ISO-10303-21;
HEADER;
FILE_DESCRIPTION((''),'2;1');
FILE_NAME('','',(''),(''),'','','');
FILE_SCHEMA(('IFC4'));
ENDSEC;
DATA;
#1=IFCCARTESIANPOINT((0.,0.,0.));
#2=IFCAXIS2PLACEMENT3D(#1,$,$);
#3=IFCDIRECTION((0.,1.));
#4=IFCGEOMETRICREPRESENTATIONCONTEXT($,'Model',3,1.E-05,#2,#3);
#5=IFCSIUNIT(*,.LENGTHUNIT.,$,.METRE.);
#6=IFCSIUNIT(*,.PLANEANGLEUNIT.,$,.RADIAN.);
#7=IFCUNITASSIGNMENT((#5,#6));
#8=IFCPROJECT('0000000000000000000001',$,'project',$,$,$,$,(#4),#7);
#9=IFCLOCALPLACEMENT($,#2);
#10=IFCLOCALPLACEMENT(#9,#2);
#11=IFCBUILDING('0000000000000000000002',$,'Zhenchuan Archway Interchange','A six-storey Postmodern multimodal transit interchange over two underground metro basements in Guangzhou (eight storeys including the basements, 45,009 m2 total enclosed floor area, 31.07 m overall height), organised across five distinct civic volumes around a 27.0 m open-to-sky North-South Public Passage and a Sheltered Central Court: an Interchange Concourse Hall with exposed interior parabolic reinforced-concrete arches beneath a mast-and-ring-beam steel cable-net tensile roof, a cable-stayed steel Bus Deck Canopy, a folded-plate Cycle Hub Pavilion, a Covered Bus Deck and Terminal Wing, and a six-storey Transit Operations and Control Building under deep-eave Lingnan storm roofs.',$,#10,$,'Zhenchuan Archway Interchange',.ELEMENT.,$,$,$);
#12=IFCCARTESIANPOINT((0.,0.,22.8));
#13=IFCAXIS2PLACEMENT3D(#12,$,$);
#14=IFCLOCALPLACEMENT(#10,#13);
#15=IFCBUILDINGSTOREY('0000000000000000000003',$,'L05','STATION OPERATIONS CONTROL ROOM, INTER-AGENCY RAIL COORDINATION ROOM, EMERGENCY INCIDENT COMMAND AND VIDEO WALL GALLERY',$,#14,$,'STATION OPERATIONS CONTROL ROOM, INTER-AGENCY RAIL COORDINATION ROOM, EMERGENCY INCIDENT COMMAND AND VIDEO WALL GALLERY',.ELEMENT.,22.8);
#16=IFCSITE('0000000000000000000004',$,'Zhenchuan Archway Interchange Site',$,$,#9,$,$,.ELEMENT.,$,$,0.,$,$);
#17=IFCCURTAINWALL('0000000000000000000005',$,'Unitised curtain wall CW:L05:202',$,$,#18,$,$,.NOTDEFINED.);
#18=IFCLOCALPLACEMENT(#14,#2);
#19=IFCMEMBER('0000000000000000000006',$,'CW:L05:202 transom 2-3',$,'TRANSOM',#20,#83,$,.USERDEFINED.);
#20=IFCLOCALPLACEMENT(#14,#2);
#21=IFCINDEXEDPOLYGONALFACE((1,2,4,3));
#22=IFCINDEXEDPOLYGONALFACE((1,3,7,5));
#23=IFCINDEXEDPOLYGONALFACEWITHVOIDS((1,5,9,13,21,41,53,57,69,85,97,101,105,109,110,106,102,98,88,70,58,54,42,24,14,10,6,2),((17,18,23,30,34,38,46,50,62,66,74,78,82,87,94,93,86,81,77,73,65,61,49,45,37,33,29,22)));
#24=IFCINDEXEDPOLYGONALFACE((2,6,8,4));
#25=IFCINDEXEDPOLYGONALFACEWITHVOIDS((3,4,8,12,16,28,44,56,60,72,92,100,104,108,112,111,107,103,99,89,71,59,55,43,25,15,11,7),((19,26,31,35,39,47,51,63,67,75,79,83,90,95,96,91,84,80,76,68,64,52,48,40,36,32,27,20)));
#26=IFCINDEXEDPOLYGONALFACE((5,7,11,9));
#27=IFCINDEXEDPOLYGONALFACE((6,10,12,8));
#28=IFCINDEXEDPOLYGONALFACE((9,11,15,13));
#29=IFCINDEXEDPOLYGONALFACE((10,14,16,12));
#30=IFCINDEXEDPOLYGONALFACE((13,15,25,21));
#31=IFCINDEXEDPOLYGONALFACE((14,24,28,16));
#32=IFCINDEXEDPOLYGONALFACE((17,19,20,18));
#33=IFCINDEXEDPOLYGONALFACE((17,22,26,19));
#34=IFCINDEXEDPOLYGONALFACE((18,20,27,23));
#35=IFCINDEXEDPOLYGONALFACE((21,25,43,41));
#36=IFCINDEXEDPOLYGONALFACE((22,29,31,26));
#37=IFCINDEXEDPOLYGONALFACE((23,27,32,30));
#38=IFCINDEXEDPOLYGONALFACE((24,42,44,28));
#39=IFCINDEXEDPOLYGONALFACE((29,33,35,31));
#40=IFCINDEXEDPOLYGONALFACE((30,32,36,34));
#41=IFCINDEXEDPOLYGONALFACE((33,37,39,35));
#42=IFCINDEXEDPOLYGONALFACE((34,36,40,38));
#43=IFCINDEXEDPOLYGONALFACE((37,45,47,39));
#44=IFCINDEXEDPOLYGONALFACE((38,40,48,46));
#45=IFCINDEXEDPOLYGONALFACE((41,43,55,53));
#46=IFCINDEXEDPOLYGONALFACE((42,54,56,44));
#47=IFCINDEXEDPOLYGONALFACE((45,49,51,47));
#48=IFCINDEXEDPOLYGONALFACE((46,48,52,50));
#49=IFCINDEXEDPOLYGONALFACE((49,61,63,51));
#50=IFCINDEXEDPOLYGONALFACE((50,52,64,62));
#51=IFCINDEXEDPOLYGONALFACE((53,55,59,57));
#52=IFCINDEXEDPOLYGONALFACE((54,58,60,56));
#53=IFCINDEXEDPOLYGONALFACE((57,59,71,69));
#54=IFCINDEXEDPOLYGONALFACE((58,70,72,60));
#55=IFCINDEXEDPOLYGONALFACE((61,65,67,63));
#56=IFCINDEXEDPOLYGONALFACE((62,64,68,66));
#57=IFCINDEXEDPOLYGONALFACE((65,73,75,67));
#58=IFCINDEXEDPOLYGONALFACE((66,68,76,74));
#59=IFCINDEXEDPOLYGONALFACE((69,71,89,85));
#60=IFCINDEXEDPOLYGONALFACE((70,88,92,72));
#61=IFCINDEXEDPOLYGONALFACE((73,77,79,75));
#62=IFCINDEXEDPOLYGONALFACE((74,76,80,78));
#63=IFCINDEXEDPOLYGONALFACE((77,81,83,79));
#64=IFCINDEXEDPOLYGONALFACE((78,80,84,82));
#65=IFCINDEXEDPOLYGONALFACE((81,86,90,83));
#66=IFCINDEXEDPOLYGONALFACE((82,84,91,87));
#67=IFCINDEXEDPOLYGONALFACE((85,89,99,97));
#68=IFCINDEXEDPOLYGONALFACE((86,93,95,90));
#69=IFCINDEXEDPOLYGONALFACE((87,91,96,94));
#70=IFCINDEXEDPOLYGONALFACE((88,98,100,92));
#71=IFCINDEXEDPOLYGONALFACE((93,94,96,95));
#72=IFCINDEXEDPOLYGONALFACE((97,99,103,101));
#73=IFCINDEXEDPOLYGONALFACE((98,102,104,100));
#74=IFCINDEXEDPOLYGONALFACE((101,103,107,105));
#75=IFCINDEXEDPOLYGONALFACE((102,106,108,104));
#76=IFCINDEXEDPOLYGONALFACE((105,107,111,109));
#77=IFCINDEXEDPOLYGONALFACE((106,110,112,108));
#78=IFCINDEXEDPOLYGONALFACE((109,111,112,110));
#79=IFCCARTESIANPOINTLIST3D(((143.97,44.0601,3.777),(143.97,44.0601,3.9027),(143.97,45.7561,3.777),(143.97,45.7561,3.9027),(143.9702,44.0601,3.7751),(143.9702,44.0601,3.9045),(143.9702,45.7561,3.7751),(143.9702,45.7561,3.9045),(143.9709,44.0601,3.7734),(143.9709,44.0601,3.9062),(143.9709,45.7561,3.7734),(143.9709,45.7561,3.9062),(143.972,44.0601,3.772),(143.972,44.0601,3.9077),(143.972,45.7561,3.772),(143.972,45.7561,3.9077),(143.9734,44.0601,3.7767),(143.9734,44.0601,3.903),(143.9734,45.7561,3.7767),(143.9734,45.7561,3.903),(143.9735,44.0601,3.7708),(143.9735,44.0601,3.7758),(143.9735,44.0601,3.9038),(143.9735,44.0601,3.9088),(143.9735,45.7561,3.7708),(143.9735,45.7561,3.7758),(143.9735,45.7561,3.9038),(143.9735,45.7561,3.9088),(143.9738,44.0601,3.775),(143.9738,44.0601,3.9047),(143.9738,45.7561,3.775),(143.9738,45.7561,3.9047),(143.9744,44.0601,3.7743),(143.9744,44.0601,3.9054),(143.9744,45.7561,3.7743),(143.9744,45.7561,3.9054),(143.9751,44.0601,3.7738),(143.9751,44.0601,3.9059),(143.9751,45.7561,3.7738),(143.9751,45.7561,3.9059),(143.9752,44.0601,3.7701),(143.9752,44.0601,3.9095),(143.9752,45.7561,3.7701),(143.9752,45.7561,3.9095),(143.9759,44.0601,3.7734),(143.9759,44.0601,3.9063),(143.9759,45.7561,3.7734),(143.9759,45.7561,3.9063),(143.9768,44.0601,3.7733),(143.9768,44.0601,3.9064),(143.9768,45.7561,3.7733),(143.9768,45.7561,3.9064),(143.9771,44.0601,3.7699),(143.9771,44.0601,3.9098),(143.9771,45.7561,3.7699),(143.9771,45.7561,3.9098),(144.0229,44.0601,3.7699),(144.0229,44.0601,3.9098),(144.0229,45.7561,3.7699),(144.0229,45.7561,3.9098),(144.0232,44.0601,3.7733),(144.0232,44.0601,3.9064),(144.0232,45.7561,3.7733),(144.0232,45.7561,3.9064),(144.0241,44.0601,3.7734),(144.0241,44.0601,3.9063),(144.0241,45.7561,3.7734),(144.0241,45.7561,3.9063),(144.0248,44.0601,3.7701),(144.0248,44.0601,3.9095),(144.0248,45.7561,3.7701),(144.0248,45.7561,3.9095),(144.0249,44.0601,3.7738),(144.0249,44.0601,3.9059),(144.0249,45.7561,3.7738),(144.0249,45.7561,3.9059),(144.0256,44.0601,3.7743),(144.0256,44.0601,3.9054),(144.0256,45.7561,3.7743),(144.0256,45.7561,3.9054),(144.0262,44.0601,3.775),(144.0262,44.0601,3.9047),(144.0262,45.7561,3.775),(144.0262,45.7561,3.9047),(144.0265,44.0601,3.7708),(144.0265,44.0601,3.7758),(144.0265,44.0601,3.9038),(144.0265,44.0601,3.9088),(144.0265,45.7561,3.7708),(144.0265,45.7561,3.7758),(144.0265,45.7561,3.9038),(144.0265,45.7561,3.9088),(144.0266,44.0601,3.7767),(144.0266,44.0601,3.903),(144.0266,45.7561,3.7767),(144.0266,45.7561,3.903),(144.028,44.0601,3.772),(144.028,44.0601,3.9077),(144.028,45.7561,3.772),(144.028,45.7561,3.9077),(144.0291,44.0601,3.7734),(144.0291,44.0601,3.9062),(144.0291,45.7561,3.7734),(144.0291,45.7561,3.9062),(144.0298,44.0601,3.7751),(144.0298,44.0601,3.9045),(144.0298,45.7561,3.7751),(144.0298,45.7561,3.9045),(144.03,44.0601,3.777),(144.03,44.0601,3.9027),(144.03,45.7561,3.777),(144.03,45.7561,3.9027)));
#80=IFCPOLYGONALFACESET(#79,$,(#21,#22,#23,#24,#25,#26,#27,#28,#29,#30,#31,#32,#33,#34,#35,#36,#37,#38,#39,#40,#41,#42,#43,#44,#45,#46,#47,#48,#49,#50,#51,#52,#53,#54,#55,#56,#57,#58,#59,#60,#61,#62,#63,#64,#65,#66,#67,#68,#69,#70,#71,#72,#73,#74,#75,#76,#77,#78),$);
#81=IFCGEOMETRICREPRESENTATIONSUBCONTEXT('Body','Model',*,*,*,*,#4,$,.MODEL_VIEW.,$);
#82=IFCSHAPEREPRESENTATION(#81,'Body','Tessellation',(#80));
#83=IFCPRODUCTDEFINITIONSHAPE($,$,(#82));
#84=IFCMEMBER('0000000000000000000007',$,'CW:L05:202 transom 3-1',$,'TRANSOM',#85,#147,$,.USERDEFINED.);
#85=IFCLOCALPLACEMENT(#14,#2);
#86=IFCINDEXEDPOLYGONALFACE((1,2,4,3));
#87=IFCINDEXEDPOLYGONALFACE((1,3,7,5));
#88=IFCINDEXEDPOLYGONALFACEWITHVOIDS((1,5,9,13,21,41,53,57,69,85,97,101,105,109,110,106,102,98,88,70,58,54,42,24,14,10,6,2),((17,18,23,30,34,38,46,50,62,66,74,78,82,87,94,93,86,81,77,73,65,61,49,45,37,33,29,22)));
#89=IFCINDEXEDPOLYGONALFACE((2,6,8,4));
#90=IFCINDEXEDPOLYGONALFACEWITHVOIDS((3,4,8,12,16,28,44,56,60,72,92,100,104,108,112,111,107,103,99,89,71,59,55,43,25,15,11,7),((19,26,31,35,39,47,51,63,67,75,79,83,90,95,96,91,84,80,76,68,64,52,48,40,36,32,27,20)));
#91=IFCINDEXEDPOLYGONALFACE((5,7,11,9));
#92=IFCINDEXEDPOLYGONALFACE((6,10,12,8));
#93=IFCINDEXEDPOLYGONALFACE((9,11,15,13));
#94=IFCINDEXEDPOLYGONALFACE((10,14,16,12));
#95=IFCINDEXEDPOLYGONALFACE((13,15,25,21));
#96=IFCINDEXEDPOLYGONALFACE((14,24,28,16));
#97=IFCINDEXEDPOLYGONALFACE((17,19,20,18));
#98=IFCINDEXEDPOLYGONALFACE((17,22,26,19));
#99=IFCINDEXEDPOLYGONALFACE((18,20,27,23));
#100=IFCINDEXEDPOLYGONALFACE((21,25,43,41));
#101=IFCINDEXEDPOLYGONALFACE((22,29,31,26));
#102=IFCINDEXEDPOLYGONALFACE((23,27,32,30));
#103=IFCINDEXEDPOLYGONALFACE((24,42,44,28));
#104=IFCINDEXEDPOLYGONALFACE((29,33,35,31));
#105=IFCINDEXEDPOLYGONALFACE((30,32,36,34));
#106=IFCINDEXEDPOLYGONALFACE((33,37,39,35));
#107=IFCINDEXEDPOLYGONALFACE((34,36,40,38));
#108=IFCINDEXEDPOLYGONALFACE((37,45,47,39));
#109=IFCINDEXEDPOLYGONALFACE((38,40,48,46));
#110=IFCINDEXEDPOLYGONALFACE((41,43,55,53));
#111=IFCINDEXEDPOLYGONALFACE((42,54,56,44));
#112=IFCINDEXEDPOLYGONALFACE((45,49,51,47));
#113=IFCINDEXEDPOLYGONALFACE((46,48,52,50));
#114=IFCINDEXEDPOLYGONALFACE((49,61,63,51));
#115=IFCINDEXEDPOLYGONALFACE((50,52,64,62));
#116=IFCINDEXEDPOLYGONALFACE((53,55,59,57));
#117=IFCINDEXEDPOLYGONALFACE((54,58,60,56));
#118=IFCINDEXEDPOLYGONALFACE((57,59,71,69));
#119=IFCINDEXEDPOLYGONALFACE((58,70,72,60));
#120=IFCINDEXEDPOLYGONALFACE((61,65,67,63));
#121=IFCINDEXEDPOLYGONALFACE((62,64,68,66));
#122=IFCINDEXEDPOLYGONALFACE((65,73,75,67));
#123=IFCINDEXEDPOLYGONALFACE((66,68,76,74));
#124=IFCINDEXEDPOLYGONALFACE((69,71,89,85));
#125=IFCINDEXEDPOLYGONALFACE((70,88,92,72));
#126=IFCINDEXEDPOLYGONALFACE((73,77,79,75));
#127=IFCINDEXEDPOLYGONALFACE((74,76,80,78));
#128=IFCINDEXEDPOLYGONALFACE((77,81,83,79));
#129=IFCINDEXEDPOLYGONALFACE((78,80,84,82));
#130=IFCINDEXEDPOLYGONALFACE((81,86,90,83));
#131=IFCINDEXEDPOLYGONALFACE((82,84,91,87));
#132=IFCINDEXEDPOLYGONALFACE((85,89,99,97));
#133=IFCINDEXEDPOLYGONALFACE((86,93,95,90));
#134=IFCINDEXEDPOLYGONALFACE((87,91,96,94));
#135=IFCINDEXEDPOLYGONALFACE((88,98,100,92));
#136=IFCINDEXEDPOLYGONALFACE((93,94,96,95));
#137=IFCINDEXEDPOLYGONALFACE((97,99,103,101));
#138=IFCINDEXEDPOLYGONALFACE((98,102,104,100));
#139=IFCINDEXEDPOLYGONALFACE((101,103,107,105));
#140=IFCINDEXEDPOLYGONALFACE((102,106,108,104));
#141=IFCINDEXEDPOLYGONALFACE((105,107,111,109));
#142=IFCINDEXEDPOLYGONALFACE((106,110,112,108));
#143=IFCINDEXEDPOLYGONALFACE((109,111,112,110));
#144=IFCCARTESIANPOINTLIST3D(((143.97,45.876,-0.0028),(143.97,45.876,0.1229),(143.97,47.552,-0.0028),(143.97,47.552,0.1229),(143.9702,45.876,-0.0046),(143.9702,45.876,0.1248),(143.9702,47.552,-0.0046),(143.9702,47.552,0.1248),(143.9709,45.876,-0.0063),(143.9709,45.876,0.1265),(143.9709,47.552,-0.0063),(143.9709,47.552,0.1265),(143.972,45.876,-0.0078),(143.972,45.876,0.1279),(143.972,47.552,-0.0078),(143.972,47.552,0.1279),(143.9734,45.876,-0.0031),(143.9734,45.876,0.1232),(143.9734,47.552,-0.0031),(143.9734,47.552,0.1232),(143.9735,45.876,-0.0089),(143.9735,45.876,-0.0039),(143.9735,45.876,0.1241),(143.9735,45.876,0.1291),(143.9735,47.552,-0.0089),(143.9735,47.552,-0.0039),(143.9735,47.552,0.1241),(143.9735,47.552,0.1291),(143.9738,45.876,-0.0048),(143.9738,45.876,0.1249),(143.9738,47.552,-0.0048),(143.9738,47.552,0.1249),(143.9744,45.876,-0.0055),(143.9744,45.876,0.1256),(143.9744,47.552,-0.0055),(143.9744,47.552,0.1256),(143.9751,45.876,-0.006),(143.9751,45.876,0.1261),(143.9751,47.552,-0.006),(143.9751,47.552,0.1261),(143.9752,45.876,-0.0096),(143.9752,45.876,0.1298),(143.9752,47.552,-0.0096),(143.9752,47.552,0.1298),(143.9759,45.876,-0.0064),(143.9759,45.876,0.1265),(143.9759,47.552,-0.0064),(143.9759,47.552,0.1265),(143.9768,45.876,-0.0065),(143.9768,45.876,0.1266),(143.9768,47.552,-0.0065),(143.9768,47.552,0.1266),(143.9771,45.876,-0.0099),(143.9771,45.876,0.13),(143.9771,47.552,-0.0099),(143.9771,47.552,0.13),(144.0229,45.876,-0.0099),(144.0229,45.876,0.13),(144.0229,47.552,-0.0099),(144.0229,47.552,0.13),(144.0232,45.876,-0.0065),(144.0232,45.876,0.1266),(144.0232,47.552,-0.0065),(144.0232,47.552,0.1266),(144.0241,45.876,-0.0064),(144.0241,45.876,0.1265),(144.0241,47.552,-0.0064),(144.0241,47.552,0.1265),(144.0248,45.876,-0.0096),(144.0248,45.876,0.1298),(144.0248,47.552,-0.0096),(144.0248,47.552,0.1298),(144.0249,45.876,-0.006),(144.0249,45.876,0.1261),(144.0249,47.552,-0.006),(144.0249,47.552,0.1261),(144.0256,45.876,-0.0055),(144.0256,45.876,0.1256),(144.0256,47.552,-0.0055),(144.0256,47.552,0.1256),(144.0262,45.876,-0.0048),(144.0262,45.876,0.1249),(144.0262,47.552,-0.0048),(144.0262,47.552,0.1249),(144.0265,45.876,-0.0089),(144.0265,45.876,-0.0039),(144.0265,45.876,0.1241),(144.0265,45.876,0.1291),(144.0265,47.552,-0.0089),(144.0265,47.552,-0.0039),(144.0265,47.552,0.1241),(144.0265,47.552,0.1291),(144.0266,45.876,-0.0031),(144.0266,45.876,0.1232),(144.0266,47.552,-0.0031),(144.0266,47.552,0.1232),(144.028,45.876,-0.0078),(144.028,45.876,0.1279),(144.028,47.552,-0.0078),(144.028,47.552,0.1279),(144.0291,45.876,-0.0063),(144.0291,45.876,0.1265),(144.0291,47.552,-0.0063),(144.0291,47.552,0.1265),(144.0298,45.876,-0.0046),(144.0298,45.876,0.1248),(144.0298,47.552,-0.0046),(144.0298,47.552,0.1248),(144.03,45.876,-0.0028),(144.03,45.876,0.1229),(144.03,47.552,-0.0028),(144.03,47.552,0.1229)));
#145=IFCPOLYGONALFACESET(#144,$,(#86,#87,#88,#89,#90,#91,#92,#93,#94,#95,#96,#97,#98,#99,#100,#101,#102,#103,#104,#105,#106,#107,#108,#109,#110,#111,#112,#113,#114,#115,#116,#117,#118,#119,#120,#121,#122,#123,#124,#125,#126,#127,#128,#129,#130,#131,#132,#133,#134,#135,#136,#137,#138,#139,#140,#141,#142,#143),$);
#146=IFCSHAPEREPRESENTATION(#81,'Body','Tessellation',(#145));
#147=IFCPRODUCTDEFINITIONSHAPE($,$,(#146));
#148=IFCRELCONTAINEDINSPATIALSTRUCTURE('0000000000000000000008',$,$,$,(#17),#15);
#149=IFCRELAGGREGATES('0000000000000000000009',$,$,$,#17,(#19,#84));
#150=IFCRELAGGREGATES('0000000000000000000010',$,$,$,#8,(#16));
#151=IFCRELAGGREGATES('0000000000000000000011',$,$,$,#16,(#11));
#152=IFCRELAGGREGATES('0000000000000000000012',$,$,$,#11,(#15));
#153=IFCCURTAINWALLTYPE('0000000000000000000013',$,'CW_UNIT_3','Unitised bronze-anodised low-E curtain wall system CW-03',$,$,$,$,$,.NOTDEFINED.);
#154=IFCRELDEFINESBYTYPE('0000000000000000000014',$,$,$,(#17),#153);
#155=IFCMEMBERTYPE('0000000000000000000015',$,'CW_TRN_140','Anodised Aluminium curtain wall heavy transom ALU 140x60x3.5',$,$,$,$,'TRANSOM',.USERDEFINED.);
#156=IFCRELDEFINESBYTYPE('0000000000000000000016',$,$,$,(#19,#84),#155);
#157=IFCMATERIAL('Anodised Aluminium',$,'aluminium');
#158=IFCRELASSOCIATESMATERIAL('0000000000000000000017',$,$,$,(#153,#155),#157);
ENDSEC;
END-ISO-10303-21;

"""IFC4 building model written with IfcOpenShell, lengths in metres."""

from ifc_helpers import new_model, si_unit, direction, frame, origin, origin_2d, place, context, subcontext, project, spatial, hollow_rectangle, extrude, material, material_profile, profile_set, type_object, element, aggregate, save


model = new_model("IFC4")

# Units and contexts
model_context = context("Model", 3, precision=1e-05, world=origin(), true_north=direction((0.0, 1.0)))
body_context = subcontext(model_context, "Body", "Model", "MODEL_VIEW")
ifc_project = project(units=[si_unit("LENGTHUNIT", "METRE"), si_unit("PLANEANGLEUNIT", "RADIAN")], contexts=[model_context])

# Site, building, storey
site_placement = place(None, origin())
site = spatial("IfcSite", under=ifc_project, at=site_placement, Name="Zhenchuan Archway Interchange Site", CompositionType="ELEMENT", RefElevation=0.0)
building_placement = place(site_placement, origin())
building = spatial("IfcBuilding", under=site, at=building_placement, Name="Zhenchuan Archway Interchange", Description="A six-storey Postmodern multimodal transit interchange over two underground metro basements in Guangzhou (eight storeys including the basements, 45,009 m2 total enclosed floor area, 31.07 m overall height), organised across five distinct civic volumes around a 27.0 m open-to-sky North-South Public Passage and a Sheltered Central Court: an Interchange Concourse Hall with exposed interior parabolic reinforced-concrete arches beneath a mast-and-ring-beam steel cable-net tensile roof, a cable-stayed steel Bus Deck Canopy, a folded-plate Cycle Hub Pavilion, a Covered Bus Deck and Terminal Wing, and a six-storey Transit Operations and Control Building under deep-eave Lingnan storm roofs.", LongName="Zhenchuan Archway Interchange", CompositionType="ELEMENT")
storey_placement = place(building_placement, frame((0.0, 0.0, 22.8)))
storey = spatial("IfcBuildingStorey", under=building, at=storey_placement, Name="L05", Description="STATION OPERATIONS CONTROL ROOM, INTER-AGENCY RAIL COORDINATION ROOM, EMERGENCY INCIDENT COMMAND AND VIDEO WALL GALLERY", LongName="STATION OPERATIONS CONTROL ROOM, INTER-AGENCY RAIL COORDINATION ROOM, EMERGENCY INCIDENT COMMAND AND VIDEO WALL GALLERY", CompositionType="ELEMENT", Elevation=22.8)

# Curtain wall, members
ifc_material_1 = material(Name="Anodised Aluminium", Category="aluminium")
curtain_wall_type = type_object("IfcCurtainWallType", Name="CW_UNIT_3", Description="Unitised bronze-anodised low-E curtain wall system CW-03", PredefinedType="NOTDEFINED", material=ifc_material_1)
curtain_wall_placement = place(storey_placement, origin())
curtain_wall = element("IfcCurtainWall", 1, at=curtain_wall_placement, inside=storey, type_object=curtain_wall_type, Name="Unitised curtain wall CW:L05:202", PredefinedType="NOTDEFINED")
ifc_material_profile_1 = material_profile(ifc_material_1, hollow_rectangle(XDim=0.0601, YDim=0.1399, WallThickness=0.0034, InnerFilletRadius=0.0034, OuterFilletRadius=0.0071, at=origin_2d()), Name="ALU 140x60x3.5")
ifc_profile_set_1 = profile_set([ifc_material_profile_1], Name="Anodised Aluminium")
member_type_1 = type_object("IfcMemberType", Name="CW_TRN_140", Description="Anodised Aluminium curtain wall heavy transom ALU 140x60x3.5", ElementType="TRANSOM", PredefinedType="USERDEFINED", material=ifc_profile_set_1)
member_1_placement = place(storey_placement, frame((144.0, 44.0601, 3.8398), z_axis=(0.0, 1.0, 0.0), x_axis=(-1.0, 0.0, 0.0)))
member_1 = element("IfcMember", 2, at=member_1_placement, type_object=member_type_1, Name="CW:L05:202 transom 2-3", ObjectType="TRANSOM", PredefinedType="USERDEFINED", context=body_context, shape_type="SweptSolid", body=[
    extrude(hollow_rectangle(XDim=0.0601, YDim=0.1399, WallThickness=0.0034, InnerFilletRadius=0.0034, OuterFilletRadius=0.0071, at=origin_2d()), origin(), (0.0, 0.0, 1.0), 1.696),
])
member_2_placement = place(storey_placement, frame((144.0, 45.876, 0.0601), z_axis=(0.0, 1.0, 0.0), x_axis=(-1.0, 0.0, 0.0)))
member_2 = element("IfcMember", 3, at=member_2_placement, type_object=member_type_1, Name="CW:L05:202 transom 3-1", ObjectType="TRANSOM", PredefinedType="USERDEFINED", context=body_context, shape_type="SweptSolid", body=[
    extrude(hollow_rectangle(XDim=0.0601, YDim=0.1399, WallThickness=0.0034, InnerFilletRadius=0.0034, OuterFilletRadius=0.0071, at=origin_2d()), origin(), (0.0, 0.0, 1.0), 1.676),
])
aggregate(curtain_wall, [member_1, member_2])

save(model, "model.ifc")
